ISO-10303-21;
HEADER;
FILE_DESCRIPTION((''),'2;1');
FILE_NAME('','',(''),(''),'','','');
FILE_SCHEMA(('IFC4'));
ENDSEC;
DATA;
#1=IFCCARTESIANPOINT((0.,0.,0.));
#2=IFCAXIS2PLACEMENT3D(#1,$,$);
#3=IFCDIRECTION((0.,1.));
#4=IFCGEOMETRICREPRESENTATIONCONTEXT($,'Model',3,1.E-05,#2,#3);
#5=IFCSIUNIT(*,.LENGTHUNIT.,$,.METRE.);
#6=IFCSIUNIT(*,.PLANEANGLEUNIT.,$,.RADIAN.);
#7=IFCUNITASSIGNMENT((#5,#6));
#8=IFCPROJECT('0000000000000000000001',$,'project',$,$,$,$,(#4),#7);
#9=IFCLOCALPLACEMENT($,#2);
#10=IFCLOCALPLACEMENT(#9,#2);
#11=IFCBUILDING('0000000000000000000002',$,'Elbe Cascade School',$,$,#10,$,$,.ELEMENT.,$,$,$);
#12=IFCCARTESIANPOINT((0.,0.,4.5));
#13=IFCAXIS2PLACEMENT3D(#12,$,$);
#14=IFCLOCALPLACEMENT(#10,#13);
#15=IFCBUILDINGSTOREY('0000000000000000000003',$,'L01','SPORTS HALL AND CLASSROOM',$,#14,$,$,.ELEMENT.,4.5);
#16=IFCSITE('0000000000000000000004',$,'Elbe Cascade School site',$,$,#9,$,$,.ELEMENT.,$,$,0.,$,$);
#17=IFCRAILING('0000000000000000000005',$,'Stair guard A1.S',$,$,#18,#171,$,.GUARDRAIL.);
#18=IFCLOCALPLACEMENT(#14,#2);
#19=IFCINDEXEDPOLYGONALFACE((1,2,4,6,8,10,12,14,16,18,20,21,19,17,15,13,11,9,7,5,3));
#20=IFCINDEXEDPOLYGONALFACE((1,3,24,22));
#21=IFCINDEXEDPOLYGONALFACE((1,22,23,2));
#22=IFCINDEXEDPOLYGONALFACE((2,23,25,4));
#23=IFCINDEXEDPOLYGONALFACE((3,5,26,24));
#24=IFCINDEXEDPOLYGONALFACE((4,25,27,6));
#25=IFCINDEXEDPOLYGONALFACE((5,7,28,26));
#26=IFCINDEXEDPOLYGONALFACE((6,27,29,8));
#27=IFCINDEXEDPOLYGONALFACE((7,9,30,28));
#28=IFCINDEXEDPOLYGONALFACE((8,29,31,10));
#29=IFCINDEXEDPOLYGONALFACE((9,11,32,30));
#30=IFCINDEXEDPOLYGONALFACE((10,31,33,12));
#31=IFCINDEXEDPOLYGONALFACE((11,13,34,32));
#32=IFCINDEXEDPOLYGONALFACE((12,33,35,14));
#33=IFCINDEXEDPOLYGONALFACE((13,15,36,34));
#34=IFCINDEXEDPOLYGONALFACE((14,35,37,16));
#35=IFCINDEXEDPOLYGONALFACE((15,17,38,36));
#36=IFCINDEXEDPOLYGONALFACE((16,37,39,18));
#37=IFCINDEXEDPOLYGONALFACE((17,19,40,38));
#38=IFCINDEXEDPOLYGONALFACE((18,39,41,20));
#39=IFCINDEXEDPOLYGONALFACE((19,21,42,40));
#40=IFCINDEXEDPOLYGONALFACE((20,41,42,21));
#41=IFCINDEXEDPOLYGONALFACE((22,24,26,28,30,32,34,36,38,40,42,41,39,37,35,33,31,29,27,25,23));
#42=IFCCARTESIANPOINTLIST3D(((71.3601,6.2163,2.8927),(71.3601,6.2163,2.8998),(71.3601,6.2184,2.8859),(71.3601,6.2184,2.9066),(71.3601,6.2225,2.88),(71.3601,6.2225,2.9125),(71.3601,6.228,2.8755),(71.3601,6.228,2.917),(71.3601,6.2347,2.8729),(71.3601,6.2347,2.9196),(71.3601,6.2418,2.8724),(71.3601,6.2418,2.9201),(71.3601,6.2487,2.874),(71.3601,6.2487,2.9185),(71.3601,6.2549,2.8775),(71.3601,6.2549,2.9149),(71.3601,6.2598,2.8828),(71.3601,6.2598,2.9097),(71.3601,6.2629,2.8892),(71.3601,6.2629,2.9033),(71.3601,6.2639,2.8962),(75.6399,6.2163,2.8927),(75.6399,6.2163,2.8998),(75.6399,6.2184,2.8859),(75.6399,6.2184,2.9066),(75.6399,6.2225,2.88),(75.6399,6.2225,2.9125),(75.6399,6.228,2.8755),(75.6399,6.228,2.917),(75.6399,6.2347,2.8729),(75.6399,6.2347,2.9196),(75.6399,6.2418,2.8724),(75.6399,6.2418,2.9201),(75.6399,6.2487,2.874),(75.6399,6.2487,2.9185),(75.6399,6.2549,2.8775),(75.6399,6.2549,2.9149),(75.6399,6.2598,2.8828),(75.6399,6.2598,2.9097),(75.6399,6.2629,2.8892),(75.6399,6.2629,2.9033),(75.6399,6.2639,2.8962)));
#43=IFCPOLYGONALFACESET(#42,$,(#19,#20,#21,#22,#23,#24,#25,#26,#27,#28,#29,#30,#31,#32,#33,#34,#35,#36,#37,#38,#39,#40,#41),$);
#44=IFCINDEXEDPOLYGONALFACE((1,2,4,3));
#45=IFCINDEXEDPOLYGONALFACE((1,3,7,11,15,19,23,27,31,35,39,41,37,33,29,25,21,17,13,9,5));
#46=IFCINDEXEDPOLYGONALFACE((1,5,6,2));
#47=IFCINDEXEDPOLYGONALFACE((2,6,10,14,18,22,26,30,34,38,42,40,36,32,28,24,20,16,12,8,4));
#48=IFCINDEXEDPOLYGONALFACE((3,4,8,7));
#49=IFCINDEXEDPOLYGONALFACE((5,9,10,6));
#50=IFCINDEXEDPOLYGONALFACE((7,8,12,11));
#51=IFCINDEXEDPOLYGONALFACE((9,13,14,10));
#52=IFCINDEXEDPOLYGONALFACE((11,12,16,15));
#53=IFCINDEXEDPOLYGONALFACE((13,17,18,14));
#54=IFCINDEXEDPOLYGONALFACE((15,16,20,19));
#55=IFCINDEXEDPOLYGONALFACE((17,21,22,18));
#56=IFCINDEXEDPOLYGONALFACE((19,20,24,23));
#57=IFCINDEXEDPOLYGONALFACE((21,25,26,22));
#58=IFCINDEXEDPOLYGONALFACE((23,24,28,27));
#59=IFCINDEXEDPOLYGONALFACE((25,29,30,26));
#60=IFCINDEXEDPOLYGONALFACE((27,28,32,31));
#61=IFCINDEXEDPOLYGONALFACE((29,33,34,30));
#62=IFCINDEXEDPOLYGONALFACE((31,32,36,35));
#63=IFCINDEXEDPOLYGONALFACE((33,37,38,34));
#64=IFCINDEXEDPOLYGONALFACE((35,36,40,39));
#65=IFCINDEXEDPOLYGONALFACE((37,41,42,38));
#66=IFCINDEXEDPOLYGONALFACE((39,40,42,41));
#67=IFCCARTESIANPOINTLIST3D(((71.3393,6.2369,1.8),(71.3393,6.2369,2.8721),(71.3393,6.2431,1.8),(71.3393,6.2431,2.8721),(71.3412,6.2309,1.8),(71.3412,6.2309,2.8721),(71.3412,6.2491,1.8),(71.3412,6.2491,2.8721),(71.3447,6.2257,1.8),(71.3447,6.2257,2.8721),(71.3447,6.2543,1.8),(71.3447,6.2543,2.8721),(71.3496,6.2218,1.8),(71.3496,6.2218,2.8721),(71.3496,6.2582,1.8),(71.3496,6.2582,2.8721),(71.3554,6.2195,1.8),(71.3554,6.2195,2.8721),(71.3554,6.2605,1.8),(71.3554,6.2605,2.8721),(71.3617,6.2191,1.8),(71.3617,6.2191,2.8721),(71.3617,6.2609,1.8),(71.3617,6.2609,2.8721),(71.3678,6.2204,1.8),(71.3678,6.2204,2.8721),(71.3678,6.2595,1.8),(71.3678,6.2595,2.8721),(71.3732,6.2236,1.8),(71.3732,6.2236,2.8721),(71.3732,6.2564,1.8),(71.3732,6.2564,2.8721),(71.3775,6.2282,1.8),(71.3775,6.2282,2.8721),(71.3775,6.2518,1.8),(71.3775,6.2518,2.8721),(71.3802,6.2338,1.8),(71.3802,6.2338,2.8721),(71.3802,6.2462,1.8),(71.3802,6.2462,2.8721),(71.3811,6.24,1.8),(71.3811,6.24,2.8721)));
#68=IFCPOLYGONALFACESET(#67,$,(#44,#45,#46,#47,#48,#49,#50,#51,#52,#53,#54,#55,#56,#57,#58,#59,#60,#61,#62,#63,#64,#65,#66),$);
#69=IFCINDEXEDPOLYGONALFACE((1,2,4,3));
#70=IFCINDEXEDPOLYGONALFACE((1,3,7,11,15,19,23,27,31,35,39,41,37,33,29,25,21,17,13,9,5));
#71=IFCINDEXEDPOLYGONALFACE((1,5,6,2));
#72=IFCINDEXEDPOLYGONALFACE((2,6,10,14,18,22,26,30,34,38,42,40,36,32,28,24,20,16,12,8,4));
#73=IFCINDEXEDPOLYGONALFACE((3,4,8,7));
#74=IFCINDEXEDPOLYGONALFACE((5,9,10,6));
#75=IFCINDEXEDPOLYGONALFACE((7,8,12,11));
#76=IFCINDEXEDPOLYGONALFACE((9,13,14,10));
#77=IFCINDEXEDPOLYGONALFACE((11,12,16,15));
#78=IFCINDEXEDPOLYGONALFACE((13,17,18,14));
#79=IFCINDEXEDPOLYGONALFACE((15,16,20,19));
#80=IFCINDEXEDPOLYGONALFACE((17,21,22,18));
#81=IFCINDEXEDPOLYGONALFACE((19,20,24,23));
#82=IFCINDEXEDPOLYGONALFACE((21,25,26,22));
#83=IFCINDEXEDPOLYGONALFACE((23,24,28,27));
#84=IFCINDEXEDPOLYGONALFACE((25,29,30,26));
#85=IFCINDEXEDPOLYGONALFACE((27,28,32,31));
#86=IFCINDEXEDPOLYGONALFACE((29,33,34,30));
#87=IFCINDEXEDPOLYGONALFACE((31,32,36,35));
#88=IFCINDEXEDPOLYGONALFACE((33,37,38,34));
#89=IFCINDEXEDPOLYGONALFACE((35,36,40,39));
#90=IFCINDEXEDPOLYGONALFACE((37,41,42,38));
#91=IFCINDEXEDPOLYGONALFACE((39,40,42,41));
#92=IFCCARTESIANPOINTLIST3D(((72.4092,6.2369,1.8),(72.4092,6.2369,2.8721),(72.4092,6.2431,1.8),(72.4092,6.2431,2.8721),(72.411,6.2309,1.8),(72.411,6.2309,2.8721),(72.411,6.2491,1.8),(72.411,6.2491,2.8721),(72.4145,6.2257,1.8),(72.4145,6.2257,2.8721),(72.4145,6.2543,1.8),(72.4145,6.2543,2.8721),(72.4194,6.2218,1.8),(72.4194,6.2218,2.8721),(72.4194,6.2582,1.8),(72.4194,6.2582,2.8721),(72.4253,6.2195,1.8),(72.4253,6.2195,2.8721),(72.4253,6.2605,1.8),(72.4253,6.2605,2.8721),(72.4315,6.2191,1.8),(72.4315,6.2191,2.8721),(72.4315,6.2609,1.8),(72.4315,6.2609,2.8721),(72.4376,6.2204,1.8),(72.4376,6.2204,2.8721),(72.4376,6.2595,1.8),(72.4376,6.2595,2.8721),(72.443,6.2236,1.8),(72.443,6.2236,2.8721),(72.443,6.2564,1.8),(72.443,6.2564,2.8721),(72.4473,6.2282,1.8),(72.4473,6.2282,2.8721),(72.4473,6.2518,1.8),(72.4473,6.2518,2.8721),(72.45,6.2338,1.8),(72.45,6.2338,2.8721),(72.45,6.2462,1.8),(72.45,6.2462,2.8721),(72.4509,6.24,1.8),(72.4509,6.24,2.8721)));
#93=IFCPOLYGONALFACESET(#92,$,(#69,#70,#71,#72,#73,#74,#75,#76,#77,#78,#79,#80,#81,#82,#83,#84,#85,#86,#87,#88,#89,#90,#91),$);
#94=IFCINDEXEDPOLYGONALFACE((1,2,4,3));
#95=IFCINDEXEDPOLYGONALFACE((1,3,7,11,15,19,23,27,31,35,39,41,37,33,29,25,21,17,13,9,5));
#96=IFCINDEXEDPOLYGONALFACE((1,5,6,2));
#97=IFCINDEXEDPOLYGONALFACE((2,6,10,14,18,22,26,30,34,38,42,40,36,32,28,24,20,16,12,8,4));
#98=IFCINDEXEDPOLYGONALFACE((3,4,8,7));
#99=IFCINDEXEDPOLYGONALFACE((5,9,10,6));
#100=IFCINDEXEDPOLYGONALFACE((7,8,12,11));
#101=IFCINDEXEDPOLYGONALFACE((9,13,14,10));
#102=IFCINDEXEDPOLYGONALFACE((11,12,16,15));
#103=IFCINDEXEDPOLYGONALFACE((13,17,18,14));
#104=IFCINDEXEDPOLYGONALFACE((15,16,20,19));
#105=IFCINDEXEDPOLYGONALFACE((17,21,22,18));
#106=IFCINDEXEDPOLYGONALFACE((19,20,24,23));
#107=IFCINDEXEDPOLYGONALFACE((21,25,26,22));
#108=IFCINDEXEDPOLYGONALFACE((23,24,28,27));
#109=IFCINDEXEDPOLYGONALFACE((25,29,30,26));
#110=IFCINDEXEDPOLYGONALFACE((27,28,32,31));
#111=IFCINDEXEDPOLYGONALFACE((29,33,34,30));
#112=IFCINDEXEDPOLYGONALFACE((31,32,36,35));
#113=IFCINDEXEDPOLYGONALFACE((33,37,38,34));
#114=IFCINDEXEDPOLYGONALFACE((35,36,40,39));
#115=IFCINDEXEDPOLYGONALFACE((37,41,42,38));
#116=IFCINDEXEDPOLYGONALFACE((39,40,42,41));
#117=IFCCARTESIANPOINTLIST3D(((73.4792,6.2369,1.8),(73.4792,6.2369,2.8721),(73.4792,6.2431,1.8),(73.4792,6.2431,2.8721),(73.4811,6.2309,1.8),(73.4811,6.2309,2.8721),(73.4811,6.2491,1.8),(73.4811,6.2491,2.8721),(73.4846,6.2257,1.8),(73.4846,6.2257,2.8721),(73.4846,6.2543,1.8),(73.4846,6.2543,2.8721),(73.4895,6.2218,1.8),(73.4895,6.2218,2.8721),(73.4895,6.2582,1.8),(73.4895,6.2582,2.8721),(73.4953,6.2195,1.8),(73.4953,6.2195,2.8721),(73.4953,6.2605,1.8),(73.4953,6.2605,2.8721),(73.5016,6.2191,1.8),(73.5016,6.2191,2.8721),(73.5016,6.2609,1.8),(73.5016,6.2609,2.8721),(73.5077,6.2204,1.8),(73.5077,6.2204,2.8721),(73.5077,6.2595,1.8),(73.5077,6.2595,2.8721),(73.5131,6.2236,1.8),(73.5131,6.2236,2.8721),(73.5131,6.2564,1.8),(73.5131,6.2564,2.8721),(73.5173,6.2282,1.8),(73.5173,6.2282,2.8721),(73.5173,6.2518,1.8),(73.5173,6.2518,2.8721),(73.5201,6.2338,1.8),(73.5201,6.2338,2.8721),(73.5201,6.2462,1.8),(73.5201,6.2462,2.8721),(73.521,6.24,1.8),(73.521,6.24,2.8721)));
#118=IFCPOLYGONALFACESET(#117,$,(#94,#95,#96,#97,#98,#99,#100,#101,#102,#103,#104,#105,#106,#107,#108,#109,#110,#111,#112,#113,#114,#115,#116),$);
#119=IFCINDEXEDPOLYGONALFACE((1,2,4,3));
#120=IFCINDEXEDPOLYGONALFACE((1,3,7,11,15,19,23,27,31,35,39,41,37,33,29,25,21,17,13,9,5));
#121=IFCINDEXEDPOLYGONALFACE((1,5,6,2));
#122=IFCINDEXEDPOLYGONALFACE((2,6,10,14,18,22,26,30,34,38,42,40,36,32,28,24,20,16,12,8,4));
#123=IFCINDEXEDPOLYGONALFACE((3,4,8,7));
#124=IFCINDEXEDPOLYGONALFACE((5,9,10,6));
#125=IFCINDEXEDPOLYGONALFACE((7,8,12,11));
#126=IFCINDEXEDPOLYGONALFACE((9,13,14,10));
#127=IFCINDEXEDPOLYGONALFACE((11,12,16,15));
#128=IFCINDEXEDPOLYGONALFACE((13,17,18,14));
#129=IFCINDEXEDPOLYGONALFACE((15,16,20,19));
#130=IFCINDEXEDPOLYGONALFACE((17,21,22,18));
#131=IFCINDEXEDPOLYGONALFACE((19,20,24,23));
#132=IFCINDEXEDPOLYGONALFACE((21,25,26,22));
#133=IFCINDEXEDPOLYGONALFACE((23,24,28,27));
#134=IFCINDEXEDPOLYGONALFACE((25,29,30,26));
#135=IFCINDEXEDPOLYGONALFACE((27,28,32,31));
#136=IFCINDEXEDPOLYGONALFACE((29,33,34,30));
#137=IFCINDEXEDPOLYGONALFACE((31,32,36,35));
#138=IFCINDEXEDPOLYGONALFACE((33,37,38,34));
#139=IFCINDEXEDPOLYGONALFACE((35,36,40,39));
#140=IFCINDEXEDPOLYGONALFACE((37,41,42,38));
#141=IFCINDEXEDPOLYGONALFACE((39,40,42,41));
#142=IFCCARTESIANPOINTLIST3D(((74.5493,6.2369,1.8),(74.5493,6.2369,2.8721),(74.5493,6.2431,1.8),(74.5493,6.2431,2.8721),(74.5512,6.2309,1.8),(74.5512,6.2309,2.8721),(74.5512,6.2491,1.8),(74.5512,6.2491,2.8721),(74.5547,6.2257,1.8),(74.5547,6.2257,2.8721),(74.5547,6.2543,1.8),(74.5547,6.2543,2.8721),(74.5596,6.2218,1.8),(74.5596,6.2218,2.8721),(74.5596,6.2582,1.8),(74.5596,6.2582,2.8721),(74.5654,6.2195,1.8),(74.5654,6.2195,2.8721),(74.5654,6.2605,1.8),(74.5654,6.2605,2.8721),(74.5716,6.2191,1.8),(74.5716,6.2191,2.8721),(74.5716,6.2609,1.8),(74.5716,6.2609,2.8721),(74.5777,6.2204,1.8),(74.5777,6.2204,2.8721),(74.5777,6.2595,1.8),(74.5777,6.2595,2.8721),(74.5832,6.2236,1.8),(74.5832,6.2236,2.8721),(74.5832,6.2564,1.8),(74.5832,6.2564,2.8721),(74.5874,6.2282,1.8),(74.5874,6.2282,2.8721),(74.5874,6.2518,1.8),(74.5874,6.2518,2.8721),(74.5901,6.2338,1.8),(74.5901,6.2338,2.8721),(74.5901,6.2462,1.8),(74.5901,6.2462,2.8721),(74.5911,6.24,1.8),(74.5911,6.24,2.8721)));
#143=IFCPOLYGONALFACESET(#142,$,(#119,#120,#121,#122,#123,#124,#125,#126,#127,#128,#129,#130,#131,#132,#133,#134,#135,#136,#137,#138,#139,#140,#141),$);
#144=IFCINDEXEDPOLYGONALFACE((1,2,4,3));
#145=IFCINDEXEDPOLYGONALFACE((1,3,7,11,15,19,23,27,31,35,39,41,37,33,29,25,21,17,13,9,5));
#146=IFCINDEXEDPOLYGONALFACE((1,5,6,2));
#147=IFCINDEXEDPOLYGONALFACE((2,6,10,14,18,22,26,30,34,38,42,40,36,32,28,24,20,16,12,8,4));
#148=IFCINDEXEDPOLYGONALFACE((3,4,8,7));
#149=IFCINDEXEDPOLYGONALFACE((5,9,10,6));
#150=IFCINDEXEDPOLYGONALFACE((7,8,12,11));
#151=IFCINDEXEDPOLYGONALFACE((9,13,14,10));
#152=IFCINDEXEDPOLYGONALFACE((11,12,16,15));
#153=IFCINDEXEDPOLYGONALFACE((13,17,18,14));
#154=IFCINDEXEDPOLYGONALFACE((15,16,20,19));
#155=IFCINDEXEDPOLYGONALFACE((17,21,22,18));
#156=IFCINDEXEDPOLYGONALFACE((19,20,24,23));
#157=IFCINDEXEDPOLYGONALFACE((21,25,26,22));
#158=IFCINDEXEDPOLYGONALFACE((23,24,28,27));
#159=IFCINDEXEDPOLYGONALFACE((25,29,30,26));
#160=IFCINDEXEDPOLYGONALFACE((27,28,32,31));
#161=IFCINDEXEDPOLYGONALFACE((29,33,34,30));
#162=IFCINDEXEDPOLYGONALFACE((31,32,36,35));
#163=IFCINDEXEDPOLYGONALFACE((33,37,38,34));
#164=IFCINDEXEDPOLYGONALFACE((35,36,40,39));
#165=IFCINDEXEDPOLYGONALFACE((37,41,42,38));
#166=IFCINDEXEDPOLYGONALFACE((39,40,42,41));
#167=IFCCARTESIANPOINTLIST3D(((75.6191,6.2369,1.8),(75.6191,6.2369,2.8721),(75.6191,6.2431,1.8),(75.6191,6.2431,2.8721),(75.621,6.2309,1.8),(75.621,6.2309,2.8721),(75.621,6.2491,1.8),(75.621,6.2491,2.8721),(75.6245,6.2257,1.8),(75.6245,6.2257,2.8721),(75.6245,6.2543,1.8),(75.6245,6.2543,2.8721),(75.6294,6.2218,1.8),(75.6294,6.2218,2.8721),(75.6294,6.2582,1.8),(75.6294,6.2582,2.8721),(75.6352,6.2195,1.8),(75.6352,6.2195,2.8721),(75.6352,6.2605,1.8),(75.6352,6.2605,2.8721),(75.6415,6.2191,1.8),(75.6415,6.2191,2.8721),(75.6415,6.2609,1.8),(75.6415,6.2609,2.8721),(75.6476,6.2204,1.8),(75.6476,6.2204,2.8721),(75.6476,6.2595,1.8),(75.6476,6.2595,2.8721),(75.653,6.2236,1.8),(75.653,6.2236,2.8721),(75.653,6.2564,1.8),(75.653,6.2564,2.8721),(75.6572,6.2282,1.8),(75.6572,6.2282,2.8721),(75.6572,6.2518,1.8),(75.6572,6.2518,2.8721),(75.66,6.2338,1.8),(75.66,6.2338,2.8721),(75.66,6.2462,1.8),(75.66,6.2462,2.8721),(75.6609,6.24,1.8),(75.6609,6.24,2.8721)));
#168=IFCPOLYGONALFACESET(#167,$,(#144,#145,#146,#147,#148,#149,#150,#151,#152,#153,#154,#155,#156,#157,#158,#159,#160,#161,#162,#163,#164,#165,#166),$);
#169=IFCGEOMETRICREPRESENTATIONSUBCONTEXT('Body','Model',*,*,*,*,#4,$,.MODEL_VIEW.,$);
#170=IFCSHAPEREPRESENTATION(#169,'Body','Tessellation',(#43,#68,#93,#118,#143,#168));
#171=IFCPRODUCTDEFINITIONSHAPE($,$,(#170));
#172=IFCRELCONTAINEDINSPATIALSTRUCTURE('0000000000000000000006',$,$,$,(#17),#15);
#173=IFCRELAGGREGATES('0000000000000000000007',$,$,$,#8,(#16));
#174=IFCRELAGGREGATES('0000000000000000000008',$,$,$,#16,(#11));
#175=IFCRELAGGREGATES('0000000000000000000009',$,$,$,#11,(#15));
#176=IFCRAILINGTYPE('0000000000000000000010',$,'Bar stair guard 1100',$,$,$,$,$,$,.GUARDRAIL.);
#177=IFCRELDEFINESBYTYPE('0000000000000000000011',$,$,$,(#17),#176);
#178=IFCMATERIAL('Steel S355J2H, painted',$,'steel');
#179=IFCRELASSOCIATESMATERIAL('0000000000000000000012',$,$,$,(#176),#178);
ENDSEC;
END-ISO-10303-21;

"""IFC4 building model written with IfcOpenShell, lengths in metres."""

from ifc_helpers import new_model, si_unit, direction, frame, origin, origin_2d, place, context, subcontext, project, spatial, circle, extrude, material, type_object, element, save


model = new_model("IFC4")

# Units and contexts
model_context = context("Model", 3, precision=1e-05, world=origin(), true_north=direction((0.0, 1.0)))
body_context = subcontext(model_context, "Body", "Model", "MODEL_VIEW")
ifc_project = project(units=[si_unit("LENGTHUNIT", "METRE"), si_unit("PLANEANGLEUNIT", "RADIAN")], contexts=[model_context])

# Site, building, storey
site_placement = place(None, origin())
site = spatial("IfcSite", under=ifc_project, at=site_placement, Name="Elbe Cascade School site", CompositionType="ELEMENT", RefElevation=0.0)
building_placement = place(site_placement, origin())
building = spatial("IfcBuilding", under=site, at=building_placement, Name="Elbe Cascade School", CompositionType="ELEMENT")
storey_placement = place(building_placement, frame((0.0, 0.0, 4.5)))
storey = spatial("IfcBuildingStorey", under=building, at=storey_placement, Name="L01", Description="SPORTS HALL AND CLASSROOM", CompositionType="ELEMENT", Elevation=4.5)

# Railing
ifc_material_1 = material(Name="Steel S355J2H, painted", Category="steel")
railing_type_1 = type_object("IfcRailingType", Name="Bar stair guard 1100", PredefinedType="GUARDRAIL", material=ifc_material_1)
railing_1_placement = place(storey_placement, frame((71.3601, 6.24, 1.8)))
element("IfcRailing", 1, at=railing_1_placement, inside=storey, type_object=railing_type_1, Name="Stair guard A1.S", PredefinedType="GUARDRAIL", context=body_context, shape_type="SweptSolid", body=[
    extrude(circle(Radius=0.0239, at=origin_2d()), frame((0.0, 0.0, 1.0962), z_axis=(1.0, 0.0, 0.0), x_axis=(0.0, 1.0, 0.0)), (0.0, 0.0, 1.0), 4.2798),
    extrude(circle(Radius=0.021, at=origin_2d()), origin(), (0.0, 0.0, 1.0), 1.072),
    extrude(circle(Radius=0.021, at=origin_2d()), frame((1.0698, 0.0, 0.0)), (0.0, 0.0, 1.0), 1.072),
    extrude(circle(Radius=0.021, at=origin_2d()), frame((2.1399, 0.0, 0.0)), (0.0, 0.0, 1.0), 1.072),
    extrude(circle(Radius=0.021, at=origin_2d()), frame((3.21, 0.0, 0.0)), (0.0, 0.0, 1.0), 1.072),
    extrude(circle(Radius=0.021, at=origin_2d()), frame((4.2798, 0.0, 0.0)), (0.0, 0.0, 1.0), 1.072),
])

save(model, "model.ifc")
